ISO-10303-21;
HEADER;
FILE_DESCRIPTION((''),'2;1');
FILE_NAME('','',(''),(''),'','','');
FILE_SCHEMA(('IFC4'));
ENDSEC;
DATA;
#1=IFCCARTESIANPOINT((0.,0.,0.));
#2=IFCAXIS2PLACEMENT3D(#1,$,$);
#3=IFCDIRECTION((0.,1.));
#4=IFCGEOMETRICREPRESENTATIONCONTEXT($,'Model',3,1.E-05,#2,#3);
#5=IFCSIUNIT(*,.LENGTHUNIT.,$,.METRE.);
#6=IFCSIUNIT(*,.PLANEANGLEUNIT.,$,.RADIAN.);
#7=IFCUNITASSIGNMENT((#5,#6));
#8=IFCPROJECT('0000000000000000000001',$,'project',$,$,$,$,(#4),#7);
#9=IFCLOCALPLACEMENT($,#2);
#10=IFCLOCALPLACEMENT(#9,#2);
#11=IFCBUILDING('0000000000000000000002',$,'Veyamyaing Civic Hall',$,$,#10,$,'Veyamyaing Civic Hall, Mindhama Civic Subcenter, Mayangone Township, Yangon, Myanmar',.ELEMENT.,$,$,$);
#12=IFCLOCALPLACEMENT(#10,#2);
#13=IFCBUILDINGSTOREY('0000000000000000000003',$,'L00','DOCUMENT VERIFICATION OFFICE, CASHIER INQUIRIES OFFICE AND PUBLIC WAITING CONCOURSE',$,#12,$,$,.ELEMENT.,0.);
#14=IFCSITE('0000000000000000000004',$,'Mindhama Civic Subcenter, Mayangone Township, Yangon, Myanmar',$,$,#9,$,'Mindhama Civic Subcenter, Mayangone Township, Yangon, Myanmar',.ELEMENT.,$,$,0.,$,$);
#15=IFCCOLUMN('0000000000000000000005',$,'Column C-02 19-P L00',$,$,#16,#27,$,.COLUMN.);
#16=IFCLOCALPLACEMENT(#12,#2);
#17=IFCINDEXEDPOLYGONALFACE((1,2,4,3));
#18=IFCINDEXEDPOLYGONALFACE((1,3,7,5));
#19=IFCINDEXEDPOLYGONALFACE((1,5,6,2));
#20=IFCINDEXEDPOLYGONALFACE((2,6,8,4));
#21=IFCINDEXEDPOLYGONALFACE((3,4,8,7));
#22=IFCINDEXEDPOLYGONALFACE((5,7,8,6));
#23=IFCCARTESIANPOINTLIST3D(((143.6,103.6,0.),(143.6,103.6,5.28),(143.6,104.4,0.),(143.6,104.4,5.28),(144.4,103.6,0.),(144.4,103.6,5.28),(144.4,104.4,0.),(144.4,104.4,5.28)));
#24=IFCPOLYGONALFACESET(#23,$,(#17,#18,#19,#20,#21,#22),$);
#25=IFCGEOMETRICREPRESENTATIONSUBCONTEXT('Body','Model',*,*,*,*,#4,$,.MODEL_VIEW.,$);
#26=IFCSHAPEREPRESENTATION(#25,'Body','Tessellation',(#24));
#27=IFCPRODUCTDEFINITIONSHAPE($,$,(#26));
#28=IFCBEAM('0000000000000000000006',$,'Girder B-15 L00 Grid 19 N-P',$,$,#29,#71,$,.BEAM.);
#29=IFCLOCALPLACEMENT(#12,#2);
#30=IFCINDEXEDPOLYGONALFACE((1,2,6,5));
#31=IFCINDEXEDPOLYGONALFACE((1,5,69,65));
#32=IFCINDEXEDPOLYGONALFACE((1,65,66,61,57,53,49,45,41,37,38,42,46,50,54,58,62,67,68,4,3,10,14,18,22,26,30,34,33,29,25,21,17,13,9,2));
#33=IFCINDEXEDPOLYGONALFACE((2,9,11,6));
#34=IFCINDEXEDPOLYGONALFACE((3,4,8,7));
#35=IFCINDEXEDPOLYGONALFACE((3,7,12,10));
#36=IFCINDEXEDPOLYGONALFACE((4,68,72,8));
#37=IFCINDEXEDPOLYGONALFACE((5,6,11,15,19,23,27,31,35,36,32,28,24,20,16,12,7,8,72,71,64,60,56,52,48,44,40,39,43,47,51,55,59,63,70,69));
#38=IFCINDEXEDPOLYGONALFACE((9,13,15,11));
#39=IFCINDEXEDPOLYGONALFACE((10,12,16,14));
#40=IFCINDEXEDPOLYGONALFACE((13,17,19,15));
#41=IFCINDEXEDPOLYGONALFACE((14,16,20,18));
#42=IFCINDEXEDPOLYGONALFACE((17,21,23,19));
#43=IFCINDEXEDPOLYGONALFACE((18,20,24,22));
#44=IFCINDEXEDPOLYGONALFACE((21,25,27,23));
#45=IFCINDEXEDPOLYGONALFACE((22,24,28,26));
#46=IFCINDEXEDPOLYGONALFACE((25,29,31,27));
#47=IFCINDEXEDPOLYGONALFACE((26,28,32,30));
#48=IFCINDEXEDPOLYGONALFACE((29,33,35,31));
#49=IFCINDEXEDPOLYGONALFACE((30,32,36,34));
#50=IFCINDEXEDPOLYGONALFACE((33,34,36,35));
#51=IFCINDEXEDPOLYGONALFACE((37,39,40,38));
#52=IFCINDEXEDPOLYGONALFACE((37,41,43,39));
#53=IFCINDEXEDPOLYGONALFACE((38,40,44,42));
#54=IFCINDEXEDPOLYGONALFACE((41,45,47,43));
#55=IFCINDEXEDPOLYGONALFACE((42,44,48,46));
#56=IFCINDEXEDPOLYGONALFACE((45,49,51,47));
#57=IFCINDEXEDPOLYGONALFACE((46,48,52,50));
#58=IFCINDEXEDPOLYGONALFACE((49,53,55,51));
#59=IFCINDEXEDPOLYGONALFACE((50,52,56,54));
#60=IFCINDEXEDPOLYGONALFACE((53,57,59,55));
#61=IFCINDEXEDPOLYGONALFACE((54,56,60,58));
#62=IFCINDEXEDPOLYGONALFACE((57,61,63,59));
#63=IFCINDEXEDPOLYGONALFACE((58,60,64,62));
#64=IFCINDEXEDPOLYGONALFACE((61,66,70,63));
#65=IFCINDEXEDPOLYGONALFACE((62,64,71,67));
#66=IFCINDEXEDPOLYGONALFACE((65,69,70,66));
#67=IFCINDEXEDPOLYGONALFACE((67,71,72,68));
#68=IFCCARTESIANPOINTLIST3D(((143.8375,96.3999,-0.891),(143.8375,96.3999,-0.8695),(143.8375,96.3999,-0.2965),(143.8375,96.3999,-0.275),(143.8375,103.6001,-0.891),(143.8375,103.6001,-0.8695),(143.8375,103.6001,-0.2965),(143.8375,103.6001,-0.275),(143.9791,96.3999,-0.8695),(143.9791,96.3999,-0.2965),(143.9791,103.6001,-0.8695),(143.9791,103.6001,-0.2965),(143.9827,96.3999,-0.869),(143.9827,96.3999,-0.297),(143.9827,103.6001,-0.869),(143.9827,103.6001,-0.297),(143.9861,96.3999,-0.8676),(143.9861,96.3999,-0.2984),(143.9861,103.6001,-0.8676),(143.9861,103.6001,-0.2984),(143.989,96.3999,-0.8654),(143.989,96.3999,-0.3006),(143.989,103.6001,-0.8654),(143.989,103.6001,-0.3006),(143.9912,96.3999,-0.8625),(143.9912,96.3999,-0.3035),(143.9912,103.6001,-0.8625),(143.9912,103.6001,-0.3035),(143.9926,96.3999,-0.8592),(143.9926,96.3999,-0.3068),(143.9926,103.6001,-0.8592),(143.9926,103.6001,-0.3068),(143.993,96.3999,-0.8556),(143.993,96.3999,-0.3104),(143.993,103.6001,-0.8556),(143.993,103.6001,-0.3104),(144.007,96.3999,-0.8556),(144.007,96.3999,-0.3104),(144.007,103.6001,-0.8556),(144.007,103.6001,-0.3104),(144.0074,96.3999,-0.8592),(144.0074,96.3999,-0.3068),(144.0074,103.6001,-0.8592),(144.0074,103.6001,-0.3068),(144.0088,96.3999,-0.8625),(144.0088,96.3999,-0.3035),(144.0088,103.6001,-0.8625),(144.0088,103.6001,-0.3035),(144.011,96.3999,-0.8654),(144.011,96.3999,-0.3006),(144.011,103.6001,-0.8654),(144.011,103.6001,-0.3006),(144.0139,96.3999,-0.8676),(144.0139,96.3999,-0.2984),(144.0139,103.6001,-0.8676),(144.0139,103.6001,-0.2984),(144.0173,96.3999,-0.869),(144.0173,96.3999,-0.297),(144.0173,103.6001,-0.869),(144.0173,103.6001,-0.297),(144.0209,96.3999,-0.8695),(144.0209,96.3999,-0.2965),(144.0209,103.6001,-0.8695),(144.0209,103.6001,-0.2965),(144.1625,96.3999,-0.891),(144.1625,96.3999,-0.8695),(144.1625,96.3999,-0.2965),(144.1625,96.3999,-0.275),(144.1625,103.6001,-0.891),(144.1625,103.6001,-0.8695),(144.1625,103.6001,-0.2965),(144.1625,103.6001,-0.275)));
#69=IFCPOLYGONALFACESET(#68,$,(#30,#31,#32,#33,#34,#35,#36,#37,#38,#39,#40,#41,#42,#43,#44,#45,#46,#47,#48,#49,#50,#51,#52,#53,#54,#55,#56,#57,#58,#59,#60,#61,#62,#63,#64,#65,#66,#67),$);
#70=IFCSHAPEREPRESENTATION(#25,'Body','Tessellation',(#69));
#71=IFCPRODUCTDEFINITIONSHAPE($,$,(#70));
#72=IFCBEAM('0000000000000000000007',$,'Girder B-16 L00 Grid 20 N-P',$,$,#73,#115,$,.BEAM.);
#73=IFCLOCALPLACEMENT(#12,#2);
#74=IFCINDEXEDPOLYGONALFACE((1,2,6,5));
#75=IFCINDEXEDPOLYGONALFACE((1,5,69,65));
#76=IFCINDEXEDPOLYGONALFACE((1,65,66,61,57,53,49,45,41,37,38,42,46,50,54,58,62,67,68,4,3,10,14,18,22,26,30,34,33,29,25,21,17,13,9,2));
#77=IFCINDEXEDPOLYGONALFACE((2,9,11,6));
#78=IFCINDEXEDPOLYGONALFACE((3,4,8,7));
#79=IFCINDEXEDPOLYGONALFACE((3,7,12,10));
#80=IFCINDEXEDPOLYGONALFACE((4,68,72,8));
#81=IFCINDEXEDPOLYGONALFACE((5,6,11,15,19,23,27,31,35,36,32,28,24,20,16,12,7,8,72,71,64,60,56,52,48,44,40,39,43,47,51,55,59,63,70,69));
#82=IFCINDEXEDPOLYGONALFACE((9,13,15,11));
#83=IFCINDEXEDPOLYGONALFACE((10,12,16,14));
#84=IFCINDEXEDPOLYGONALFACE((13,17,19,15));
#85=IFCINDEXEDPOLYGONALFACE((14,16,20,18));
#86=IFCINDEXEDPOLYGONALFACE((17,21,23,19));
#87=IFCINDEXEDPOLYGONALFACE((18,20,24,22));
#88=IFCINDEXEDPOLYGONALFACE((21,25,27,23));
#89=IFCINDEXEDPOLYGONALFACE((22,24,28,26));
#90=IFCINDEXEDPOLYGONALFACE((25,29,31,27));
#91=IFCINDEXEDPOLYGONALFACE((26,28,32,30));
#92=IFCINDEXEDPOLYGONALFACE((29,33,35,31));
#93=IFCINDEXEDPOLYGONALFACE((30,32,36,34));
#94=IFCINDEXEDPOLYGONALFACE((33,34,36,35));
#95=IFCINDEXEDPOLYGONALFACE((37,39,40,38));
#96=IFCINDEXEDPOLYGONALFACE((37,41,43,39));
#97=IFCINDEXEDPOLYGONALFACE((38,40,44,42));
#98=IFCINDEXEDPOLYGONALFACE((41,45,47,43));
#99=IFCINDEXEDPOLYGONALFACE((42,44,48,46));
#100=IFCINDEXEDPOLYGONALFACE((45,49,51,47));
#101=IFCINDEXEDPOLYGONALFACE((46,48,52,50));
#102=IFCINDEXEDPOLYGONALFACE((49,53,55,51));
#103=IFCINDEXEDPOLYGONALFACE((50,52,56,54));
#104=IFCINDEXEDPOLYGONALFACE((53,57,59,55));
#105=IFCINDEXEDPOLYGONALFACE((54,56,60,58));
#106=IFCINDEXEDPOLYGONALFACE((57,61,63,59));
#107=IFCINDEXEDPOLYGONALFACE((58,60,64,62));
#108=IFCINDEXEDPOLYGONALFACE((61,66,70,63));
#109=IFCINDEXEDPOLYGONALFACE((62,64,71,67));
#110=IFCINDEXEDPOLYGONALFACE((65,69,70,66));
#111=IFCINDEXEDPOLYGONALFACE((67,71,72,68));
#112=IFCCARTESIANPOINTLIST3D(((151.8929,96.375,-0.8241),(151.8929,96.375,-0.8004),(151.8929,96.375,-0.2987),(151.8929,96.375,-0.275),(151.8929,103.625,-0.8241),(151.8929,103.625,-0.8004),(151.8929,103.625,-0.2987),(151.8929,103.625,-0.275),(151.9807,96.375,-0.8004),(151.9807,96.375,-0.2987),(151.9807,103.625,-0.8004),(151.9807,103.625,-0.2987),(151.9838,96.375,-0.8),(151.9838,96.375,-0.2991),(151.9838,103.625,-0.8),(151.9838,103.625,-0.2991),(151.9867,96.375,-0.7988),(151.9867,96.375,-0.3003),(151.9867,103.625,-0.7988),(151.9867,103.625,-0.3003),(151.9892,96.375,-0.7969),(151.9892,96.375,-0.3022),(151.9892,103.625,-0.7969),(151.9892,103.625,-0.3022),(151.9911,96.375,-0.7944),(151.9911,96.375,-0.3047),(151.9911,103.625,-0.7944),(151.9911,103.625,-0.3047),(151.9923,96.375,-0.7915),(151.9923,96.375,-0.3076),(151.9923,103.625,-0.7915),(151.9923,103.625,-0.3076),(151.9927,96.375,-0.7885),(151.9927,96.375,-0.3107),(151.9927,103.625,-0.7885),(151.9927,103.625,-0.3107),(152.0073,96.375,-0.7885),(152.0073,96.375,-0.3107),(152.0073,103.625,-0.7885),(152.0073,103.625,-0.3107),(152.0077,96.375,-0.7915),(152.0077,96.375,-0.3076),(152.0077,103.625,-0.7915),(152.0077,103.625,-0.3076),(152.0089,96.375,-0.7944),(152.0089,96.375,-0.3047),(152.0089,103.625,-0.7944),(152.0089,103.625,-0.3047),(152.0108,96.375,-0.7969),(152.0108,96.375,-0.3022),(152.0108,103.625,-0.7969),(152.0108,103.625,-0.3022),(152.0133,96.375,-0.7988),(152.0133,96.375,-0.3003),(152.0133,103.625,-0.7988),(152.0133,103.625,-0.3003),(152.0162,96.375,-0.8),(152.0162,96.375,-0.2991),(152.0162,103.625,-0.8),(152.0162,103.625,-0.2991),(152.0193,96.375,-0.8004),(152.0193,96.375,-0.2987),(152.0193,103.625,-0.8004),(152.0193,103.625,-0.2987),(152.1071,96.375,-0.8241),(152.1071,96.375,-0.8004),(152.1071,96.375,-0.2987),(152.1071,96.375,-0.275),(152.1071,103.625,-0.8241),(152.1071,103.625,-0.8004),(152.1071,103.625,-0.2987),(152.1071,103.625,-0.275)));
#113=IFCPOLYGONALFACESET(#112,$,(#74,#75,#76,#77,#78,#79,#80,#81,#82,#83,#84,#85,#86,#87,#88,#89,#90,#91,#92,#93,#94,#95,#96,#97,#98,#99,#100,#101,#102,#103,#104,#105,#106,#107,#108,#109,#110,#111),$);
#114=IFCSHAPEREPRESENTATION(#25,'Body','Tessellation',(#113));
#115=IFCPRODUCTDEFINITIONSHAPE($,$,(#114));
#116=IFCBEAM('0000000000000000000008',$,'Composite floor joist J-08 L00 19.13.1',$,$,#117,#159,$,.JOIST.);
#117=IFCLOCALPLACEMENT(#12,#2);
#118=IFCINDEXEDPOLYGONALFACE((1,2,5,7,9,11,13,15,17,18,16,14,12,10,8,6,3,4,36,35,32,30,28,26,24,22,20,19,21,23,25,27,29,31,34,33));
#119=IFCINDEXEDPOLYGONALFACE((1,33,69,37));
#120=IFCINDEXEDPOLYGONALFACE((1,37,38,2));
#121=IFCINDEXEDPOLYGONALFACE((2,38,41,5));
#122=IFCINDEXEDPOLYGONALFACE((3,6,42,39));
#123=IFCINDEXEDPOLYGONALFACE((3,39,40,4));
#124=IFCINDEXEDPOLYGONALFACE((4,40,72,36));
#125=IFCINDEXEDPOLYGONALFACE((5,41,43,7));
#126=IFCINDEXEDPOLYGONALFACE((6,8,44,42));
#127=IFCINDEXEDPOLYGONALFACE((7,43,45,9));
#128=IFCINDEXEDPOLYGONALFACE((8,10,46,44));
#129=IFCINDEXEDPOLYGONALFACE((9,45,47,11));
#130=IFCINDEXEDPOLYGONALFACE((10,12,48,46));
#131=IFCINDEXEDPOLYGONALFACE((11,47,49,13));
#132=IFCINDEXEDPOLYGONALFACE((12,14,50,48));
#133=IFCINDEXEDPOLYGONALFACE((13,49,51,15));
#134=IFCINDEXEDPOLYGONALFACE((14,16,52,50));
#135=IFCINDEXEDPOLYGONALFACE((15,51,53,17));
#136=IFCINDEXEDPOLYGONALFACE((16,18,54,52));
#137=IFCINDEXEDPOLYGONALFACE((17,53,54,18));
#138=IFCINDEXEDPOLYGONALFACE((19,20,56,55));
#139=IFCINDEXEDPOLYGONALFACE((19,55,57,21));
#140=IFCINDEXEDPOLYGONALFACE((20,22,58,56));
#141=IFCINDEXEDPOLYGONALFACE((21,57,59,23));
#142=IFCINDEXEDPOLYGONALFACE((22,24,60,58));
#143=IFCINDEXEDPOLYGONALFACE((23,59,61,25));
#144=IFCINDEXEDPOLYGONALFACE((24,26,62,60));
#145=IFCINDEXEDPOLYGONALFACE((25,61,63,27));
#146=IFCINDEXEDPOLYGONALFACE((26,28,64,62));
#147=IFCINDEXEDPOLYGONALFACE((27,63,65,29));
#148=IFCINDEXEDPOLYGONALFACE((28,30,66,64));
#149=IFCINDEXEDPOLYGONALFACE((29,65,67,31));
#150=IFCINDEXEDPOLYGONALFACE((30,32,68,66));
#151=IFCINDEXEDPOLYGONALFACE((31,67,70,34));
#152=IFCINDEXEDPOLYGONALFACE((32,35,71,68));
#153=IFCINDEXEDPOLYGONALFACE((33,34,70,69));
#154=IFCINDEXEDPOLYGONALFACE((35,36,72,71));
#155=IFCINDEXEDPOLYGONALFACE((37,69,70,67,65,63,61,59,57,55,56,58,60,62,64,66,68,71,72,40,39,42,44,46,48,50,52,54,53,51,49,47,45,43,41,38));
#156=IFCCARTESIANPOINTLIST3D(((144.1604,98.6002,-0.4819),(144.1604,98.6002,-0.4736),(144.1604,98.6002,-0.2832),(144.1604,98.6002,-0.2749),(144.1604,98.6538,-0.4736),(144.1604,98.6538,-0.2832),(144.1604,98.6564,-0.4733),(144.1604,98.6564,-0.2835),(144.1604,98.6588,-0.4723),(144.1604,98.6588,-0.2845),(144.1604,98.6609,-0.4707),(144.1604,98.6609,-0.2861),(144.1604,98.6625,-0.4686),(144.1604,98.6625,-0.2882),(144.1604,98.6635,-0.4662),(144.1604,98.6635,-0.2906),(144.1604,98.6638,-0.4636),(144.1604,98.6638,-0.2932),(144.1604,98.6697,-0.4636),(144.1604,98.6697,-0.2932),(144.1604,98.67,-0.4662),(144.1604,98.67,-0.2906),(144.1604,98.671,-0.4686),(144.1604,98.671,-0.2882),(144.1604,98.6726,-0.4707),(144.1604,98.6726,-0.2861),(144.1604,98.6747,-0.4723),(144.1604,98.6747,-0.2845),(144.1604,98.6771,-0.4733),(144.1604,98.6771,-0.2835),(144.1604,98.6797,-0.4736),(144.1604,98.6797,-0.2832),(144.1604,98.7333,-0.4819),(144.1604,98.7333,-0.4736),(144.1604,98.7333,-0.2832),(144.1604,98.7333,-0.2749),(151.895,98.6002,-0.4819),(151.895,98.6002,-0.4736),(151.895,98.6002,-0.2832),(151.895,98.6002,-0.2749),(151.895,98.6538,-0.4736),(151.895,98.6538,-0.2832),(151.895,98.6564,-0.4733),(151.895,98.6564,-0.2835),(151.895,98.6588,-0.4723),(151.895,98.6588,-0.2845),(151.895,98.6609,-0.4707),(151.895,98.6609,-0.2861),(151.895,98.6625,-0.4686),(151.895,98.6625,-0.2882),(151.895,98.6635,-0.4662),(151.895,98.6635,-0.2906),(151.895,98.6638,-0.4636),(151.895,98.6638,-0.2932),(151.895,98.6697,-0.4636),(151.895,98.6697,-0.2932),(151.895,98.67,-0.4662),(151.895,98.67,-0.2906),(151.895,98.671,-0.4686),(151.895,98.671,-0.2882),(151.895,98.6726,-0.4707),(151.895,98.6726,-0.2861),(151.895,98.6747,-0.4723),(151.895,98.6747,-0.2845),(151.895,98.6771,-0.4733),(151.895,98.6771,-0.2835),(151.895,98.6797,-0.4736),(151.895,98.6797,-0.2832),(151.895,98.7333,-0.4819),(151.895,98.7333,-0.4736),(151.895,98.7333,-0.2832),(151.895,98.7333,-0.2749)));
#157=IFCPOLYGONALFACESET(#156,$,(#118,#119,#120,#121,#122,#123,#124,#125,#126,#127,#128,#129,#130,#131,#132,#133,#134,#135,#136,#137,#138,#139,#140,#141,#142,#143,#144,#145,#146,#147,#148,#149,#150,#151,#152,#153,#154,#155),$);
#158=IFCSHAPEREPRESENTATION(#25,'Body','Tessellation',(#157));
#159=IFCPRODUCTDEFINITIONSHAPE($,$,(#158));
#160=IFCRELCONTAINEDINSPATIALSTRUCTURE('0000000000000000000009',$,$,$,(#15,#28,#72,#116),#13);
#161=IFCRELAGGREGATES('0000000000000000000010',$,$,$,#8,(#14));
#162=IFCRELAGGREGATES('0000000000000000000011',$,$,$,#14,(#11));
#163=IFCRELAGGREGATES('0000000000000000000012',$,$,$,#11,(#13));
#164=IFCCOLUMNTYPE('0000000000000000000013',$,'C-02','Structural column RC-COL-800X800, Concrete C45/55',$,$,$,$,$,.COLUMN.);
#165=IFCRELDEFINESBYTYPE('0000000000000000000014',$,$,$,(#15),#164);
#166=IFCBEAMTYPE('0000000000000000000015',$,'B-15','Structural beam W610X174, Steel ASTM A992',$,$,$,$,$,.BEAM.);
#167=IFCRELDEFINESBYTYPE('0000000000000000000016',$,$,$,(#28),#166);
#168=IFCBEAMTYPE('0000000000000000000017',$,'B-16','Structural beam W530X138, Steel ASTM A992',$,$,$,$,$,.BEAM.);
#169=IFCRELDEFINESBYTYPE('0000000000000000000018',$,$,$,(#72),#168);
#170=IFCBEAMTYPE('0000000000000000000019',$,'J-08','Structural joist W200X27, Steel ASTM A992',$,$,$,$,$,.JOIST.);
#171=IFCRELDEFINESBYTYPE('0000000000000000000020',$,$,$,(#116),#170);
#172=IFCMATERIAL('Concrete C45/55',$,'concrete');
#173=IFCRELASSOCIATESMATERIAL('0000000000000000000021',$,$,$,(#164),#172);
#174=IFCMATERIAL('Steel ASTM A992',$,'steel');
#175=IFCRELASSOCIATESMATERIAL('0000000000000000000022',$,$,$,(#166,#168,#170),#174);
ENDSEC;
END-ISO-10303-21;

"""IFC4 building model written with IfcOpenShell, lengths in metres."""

from ifc_helpers import new_model, si_unit, direction, frame, origin, origin_2d, place, context, subcontext, project, spatial, rectangle, i_section, extrude, material, material_profile, profile_set, type_object, element, save


model = new_model("IFC4")

# Units and contexts
model_context = context("Model", 3, precision=1e-05, world=origin(), true_north=direction((0.0, 1.0)))
body_context = subcontext(model_context, "Body", "Model", "MODEL_VIEW")
ifc_project = project(units=[si_unit("LENGTHUNIT", "METRE"), si_unit("PLANEANGLEUNIT", "RADIAN")], contexts=[model_context])

# Site, building, storey
site_placement = place(None, origin())
site = spatial("IfcSite", under=ifc_project, at=site_placement, Name="Mindhama Civic Subcenter, Mayangone Township, Yangon, Myanmar", LongName="Mindhama Civic Subcenter, Mayangone Township, Yangon, Myanmar", CompositionType="ELEMENT", RefElevation=0.0)
building_placement = place(site_placement, origin())
building = spatial("IfcBuilding", under=site, at=building_placement, Name="Veyamyaing Civic Hall", LongName="Veyamyaing Civic Hall, Mindhama Civic Subcenter, Mayangone Township, Yangon, Myanmar", CompositionType="ELEMENT")
storey_placement = place(building_placement, origin())
storey = spatial("IfcBuildingStorey", under=building, at=storey_placement, Name="L00", Description="DOCUMENT VERIFICATION OFFICE, CASHIER INQUIRIES OFFICE AND PUBLIC WAITING CONCOURSE", CompositionType="ELEMENT", Elevation=0.0)

# Column
ifc_material_1 = material(Name="Concrete C45/55", Category="concrete")
ifc_material_profile_1 = material_profile(ifc_material_1, rectangle(XDim=0.8, YDim=0.8, at=origin_2d()), Name="RC-COL-800X800")
ifc_profile_set_1 = profile_set([ifc_material_profile_1], Name="Concrete C45/55")
column_type = type_object("IfcColumnType", Name="C-02", Description="Structural column RC-COL-800X800, Concrete C45/55", PredefinedType="COLUMN", material=ifc_profile_set_1)
column_placement = place(storey_placement, frame((144.0, 104.0, 0.0), z_axis=(0.0, 0.0, 1.0), x_axis=(1.0, 0.0, 0.0)))
element("IfcColumn", 1, at=column_placement, inside=storey, type_object=column_type, Name="Column C-02 19-P L00", PredefinedType="COLUMN", context=body_context, shape_type="SweptSolid", body=[
    extrude(rectangle(XDim=0.8, YDim=0.8, at=origin_2d()), origin(), (0.0, 0.0, 1.0), 5.28),
])

# Beams
ifc_material_2 = material(Name="Steel ASTM A992", Category="steel")
ifc_material_profile_2 = material_profile(ifc_material_2, i_section(OverallWidth=0.325, OverallDepth=0.616, WebThickness=0.0139, FlangeThickness=0.0215, FilletRadius=0.0139, at=origin_2d()), Name="W610X174")
ifc_profile_set_2 = profile_set([ifc_material_profile_2], Name="Steel ASTM A992")
beam_type_1 = type_object("IfcBeamType", Name="B-15", Description="Structural beam W610X174, Steel ASTM A992", PredefinedType="BEAM", material=ifc_profile_set_2)
beam_1_placement = place(storey_placement, frame((144.0, 96.3999, -0.583), z_axis=(0.0, 1.0, 0.0), x_axis=(-1.0, 0.0, 0.0)))
element("IfcBeam", 2, at=beam_1_placement, inside=storey, type_object=beam_type_1, Name="Girder B-15 L00 Grid 19 N-P", PredefinedType="BEAM", context=body_context, shape_type="SweptSolid", body=[
    extrude(i_section(OverallWidth=0.325, OverallDepth=0.616, WebThickness=0.0139, FlangeThickness=0.0215, FilletRadius=0.0139, at=origin_2d()), origin(), (0.0, 0.0, 1.0), 7.2002),
])
ifc_material_profile_3 = material_profile(ifc_material_2, i_section(OverallWidth=0.2141, OverallDepth=0.5491, WebThickness=0.0146, FlangeThickness=0.0237, FilletRadius=0.012, at=origin_2d()), Name="W530X138")
ifc_profile_set_3 = profile_set([ifc_material_profile_3], Name="Steel ASTM A992")
beam_type_2 = type_object("IfcBeamType", Name="B-16", Description="Structural beam W530X138, Steel ASTM A992", PredefinedType="BEAM", material=ifc_profile_set_3)
beam_2_placement = place(storey_placement, frame((152.0, 96.375, -0.5496), z_axis=(0.0, 1.0, 0.0), x_axis=(-1.0, 0.0, 0.0)))
element("IfcBeam", 3, at=beam_2_placement, inside=storey, type_object=beam_type_2, Name="Girder B-16 L00 Grid 20 N-P", PredefinedType="BEAM", context=body_context, shape_type="SweptSolid", body=[
    extrude(i_section(OverallWidth=0.2141, OverallDepth=0.5491, WebThickness=0.0146, FlangeThickness=0.0237, FilletRadius=0.012, at=origin_2d()), origin(), (0.0, 0.0, 1.0), 7.25),
])
ifc_material_profile_4 = material_profile(ifc_material_2, i_section(OverallWidth=0.1331, OverallDepth=0.207, WebThickness=0.0059, FlangeThickness=0.0083, FilletRadius=0.01, at=origin_2d()), Name="W200X27")
ifc_profile_set_4 = profile_set([ifc_material_profile_4], Name="Steel ASTM A992")
beam_type_3 = type_object("IfcBeamType", Name="J-08", Description="Structural joist W200X27, Steel ASTM A992", PredefinedType="JOIST", material=ifc_profile_set_4)
for number, where, z_axis, x_axis, name in (
    (4, (144.1604, 98.6667, -0.3784), (1.0, 0.0, 0.0), (0.0, 1.0, 0.0), "Composite floor joist J-08 L00 19.13.1"),
):
    element("IfcBeam", number, at=place(storey_placement, frame(where, z_axis=z_axis, x_axis=x_axis)), inside=storey, type_object=beam_type_3, Name=name, PredefinedType="JOIST", context=body_context, shape_type="SweptSolid", body=[
        extrude(i_section(OverallWidth=0.1331, OverallDepth=0.207, WebThickness=0.0059, FlangeThickness=0.0083, FilletRadius=0.01, at=origin_2d()), origin(), (0.0, 0.0, 1.0), 7.7346),
    ])

save(model, "model.ifc")
